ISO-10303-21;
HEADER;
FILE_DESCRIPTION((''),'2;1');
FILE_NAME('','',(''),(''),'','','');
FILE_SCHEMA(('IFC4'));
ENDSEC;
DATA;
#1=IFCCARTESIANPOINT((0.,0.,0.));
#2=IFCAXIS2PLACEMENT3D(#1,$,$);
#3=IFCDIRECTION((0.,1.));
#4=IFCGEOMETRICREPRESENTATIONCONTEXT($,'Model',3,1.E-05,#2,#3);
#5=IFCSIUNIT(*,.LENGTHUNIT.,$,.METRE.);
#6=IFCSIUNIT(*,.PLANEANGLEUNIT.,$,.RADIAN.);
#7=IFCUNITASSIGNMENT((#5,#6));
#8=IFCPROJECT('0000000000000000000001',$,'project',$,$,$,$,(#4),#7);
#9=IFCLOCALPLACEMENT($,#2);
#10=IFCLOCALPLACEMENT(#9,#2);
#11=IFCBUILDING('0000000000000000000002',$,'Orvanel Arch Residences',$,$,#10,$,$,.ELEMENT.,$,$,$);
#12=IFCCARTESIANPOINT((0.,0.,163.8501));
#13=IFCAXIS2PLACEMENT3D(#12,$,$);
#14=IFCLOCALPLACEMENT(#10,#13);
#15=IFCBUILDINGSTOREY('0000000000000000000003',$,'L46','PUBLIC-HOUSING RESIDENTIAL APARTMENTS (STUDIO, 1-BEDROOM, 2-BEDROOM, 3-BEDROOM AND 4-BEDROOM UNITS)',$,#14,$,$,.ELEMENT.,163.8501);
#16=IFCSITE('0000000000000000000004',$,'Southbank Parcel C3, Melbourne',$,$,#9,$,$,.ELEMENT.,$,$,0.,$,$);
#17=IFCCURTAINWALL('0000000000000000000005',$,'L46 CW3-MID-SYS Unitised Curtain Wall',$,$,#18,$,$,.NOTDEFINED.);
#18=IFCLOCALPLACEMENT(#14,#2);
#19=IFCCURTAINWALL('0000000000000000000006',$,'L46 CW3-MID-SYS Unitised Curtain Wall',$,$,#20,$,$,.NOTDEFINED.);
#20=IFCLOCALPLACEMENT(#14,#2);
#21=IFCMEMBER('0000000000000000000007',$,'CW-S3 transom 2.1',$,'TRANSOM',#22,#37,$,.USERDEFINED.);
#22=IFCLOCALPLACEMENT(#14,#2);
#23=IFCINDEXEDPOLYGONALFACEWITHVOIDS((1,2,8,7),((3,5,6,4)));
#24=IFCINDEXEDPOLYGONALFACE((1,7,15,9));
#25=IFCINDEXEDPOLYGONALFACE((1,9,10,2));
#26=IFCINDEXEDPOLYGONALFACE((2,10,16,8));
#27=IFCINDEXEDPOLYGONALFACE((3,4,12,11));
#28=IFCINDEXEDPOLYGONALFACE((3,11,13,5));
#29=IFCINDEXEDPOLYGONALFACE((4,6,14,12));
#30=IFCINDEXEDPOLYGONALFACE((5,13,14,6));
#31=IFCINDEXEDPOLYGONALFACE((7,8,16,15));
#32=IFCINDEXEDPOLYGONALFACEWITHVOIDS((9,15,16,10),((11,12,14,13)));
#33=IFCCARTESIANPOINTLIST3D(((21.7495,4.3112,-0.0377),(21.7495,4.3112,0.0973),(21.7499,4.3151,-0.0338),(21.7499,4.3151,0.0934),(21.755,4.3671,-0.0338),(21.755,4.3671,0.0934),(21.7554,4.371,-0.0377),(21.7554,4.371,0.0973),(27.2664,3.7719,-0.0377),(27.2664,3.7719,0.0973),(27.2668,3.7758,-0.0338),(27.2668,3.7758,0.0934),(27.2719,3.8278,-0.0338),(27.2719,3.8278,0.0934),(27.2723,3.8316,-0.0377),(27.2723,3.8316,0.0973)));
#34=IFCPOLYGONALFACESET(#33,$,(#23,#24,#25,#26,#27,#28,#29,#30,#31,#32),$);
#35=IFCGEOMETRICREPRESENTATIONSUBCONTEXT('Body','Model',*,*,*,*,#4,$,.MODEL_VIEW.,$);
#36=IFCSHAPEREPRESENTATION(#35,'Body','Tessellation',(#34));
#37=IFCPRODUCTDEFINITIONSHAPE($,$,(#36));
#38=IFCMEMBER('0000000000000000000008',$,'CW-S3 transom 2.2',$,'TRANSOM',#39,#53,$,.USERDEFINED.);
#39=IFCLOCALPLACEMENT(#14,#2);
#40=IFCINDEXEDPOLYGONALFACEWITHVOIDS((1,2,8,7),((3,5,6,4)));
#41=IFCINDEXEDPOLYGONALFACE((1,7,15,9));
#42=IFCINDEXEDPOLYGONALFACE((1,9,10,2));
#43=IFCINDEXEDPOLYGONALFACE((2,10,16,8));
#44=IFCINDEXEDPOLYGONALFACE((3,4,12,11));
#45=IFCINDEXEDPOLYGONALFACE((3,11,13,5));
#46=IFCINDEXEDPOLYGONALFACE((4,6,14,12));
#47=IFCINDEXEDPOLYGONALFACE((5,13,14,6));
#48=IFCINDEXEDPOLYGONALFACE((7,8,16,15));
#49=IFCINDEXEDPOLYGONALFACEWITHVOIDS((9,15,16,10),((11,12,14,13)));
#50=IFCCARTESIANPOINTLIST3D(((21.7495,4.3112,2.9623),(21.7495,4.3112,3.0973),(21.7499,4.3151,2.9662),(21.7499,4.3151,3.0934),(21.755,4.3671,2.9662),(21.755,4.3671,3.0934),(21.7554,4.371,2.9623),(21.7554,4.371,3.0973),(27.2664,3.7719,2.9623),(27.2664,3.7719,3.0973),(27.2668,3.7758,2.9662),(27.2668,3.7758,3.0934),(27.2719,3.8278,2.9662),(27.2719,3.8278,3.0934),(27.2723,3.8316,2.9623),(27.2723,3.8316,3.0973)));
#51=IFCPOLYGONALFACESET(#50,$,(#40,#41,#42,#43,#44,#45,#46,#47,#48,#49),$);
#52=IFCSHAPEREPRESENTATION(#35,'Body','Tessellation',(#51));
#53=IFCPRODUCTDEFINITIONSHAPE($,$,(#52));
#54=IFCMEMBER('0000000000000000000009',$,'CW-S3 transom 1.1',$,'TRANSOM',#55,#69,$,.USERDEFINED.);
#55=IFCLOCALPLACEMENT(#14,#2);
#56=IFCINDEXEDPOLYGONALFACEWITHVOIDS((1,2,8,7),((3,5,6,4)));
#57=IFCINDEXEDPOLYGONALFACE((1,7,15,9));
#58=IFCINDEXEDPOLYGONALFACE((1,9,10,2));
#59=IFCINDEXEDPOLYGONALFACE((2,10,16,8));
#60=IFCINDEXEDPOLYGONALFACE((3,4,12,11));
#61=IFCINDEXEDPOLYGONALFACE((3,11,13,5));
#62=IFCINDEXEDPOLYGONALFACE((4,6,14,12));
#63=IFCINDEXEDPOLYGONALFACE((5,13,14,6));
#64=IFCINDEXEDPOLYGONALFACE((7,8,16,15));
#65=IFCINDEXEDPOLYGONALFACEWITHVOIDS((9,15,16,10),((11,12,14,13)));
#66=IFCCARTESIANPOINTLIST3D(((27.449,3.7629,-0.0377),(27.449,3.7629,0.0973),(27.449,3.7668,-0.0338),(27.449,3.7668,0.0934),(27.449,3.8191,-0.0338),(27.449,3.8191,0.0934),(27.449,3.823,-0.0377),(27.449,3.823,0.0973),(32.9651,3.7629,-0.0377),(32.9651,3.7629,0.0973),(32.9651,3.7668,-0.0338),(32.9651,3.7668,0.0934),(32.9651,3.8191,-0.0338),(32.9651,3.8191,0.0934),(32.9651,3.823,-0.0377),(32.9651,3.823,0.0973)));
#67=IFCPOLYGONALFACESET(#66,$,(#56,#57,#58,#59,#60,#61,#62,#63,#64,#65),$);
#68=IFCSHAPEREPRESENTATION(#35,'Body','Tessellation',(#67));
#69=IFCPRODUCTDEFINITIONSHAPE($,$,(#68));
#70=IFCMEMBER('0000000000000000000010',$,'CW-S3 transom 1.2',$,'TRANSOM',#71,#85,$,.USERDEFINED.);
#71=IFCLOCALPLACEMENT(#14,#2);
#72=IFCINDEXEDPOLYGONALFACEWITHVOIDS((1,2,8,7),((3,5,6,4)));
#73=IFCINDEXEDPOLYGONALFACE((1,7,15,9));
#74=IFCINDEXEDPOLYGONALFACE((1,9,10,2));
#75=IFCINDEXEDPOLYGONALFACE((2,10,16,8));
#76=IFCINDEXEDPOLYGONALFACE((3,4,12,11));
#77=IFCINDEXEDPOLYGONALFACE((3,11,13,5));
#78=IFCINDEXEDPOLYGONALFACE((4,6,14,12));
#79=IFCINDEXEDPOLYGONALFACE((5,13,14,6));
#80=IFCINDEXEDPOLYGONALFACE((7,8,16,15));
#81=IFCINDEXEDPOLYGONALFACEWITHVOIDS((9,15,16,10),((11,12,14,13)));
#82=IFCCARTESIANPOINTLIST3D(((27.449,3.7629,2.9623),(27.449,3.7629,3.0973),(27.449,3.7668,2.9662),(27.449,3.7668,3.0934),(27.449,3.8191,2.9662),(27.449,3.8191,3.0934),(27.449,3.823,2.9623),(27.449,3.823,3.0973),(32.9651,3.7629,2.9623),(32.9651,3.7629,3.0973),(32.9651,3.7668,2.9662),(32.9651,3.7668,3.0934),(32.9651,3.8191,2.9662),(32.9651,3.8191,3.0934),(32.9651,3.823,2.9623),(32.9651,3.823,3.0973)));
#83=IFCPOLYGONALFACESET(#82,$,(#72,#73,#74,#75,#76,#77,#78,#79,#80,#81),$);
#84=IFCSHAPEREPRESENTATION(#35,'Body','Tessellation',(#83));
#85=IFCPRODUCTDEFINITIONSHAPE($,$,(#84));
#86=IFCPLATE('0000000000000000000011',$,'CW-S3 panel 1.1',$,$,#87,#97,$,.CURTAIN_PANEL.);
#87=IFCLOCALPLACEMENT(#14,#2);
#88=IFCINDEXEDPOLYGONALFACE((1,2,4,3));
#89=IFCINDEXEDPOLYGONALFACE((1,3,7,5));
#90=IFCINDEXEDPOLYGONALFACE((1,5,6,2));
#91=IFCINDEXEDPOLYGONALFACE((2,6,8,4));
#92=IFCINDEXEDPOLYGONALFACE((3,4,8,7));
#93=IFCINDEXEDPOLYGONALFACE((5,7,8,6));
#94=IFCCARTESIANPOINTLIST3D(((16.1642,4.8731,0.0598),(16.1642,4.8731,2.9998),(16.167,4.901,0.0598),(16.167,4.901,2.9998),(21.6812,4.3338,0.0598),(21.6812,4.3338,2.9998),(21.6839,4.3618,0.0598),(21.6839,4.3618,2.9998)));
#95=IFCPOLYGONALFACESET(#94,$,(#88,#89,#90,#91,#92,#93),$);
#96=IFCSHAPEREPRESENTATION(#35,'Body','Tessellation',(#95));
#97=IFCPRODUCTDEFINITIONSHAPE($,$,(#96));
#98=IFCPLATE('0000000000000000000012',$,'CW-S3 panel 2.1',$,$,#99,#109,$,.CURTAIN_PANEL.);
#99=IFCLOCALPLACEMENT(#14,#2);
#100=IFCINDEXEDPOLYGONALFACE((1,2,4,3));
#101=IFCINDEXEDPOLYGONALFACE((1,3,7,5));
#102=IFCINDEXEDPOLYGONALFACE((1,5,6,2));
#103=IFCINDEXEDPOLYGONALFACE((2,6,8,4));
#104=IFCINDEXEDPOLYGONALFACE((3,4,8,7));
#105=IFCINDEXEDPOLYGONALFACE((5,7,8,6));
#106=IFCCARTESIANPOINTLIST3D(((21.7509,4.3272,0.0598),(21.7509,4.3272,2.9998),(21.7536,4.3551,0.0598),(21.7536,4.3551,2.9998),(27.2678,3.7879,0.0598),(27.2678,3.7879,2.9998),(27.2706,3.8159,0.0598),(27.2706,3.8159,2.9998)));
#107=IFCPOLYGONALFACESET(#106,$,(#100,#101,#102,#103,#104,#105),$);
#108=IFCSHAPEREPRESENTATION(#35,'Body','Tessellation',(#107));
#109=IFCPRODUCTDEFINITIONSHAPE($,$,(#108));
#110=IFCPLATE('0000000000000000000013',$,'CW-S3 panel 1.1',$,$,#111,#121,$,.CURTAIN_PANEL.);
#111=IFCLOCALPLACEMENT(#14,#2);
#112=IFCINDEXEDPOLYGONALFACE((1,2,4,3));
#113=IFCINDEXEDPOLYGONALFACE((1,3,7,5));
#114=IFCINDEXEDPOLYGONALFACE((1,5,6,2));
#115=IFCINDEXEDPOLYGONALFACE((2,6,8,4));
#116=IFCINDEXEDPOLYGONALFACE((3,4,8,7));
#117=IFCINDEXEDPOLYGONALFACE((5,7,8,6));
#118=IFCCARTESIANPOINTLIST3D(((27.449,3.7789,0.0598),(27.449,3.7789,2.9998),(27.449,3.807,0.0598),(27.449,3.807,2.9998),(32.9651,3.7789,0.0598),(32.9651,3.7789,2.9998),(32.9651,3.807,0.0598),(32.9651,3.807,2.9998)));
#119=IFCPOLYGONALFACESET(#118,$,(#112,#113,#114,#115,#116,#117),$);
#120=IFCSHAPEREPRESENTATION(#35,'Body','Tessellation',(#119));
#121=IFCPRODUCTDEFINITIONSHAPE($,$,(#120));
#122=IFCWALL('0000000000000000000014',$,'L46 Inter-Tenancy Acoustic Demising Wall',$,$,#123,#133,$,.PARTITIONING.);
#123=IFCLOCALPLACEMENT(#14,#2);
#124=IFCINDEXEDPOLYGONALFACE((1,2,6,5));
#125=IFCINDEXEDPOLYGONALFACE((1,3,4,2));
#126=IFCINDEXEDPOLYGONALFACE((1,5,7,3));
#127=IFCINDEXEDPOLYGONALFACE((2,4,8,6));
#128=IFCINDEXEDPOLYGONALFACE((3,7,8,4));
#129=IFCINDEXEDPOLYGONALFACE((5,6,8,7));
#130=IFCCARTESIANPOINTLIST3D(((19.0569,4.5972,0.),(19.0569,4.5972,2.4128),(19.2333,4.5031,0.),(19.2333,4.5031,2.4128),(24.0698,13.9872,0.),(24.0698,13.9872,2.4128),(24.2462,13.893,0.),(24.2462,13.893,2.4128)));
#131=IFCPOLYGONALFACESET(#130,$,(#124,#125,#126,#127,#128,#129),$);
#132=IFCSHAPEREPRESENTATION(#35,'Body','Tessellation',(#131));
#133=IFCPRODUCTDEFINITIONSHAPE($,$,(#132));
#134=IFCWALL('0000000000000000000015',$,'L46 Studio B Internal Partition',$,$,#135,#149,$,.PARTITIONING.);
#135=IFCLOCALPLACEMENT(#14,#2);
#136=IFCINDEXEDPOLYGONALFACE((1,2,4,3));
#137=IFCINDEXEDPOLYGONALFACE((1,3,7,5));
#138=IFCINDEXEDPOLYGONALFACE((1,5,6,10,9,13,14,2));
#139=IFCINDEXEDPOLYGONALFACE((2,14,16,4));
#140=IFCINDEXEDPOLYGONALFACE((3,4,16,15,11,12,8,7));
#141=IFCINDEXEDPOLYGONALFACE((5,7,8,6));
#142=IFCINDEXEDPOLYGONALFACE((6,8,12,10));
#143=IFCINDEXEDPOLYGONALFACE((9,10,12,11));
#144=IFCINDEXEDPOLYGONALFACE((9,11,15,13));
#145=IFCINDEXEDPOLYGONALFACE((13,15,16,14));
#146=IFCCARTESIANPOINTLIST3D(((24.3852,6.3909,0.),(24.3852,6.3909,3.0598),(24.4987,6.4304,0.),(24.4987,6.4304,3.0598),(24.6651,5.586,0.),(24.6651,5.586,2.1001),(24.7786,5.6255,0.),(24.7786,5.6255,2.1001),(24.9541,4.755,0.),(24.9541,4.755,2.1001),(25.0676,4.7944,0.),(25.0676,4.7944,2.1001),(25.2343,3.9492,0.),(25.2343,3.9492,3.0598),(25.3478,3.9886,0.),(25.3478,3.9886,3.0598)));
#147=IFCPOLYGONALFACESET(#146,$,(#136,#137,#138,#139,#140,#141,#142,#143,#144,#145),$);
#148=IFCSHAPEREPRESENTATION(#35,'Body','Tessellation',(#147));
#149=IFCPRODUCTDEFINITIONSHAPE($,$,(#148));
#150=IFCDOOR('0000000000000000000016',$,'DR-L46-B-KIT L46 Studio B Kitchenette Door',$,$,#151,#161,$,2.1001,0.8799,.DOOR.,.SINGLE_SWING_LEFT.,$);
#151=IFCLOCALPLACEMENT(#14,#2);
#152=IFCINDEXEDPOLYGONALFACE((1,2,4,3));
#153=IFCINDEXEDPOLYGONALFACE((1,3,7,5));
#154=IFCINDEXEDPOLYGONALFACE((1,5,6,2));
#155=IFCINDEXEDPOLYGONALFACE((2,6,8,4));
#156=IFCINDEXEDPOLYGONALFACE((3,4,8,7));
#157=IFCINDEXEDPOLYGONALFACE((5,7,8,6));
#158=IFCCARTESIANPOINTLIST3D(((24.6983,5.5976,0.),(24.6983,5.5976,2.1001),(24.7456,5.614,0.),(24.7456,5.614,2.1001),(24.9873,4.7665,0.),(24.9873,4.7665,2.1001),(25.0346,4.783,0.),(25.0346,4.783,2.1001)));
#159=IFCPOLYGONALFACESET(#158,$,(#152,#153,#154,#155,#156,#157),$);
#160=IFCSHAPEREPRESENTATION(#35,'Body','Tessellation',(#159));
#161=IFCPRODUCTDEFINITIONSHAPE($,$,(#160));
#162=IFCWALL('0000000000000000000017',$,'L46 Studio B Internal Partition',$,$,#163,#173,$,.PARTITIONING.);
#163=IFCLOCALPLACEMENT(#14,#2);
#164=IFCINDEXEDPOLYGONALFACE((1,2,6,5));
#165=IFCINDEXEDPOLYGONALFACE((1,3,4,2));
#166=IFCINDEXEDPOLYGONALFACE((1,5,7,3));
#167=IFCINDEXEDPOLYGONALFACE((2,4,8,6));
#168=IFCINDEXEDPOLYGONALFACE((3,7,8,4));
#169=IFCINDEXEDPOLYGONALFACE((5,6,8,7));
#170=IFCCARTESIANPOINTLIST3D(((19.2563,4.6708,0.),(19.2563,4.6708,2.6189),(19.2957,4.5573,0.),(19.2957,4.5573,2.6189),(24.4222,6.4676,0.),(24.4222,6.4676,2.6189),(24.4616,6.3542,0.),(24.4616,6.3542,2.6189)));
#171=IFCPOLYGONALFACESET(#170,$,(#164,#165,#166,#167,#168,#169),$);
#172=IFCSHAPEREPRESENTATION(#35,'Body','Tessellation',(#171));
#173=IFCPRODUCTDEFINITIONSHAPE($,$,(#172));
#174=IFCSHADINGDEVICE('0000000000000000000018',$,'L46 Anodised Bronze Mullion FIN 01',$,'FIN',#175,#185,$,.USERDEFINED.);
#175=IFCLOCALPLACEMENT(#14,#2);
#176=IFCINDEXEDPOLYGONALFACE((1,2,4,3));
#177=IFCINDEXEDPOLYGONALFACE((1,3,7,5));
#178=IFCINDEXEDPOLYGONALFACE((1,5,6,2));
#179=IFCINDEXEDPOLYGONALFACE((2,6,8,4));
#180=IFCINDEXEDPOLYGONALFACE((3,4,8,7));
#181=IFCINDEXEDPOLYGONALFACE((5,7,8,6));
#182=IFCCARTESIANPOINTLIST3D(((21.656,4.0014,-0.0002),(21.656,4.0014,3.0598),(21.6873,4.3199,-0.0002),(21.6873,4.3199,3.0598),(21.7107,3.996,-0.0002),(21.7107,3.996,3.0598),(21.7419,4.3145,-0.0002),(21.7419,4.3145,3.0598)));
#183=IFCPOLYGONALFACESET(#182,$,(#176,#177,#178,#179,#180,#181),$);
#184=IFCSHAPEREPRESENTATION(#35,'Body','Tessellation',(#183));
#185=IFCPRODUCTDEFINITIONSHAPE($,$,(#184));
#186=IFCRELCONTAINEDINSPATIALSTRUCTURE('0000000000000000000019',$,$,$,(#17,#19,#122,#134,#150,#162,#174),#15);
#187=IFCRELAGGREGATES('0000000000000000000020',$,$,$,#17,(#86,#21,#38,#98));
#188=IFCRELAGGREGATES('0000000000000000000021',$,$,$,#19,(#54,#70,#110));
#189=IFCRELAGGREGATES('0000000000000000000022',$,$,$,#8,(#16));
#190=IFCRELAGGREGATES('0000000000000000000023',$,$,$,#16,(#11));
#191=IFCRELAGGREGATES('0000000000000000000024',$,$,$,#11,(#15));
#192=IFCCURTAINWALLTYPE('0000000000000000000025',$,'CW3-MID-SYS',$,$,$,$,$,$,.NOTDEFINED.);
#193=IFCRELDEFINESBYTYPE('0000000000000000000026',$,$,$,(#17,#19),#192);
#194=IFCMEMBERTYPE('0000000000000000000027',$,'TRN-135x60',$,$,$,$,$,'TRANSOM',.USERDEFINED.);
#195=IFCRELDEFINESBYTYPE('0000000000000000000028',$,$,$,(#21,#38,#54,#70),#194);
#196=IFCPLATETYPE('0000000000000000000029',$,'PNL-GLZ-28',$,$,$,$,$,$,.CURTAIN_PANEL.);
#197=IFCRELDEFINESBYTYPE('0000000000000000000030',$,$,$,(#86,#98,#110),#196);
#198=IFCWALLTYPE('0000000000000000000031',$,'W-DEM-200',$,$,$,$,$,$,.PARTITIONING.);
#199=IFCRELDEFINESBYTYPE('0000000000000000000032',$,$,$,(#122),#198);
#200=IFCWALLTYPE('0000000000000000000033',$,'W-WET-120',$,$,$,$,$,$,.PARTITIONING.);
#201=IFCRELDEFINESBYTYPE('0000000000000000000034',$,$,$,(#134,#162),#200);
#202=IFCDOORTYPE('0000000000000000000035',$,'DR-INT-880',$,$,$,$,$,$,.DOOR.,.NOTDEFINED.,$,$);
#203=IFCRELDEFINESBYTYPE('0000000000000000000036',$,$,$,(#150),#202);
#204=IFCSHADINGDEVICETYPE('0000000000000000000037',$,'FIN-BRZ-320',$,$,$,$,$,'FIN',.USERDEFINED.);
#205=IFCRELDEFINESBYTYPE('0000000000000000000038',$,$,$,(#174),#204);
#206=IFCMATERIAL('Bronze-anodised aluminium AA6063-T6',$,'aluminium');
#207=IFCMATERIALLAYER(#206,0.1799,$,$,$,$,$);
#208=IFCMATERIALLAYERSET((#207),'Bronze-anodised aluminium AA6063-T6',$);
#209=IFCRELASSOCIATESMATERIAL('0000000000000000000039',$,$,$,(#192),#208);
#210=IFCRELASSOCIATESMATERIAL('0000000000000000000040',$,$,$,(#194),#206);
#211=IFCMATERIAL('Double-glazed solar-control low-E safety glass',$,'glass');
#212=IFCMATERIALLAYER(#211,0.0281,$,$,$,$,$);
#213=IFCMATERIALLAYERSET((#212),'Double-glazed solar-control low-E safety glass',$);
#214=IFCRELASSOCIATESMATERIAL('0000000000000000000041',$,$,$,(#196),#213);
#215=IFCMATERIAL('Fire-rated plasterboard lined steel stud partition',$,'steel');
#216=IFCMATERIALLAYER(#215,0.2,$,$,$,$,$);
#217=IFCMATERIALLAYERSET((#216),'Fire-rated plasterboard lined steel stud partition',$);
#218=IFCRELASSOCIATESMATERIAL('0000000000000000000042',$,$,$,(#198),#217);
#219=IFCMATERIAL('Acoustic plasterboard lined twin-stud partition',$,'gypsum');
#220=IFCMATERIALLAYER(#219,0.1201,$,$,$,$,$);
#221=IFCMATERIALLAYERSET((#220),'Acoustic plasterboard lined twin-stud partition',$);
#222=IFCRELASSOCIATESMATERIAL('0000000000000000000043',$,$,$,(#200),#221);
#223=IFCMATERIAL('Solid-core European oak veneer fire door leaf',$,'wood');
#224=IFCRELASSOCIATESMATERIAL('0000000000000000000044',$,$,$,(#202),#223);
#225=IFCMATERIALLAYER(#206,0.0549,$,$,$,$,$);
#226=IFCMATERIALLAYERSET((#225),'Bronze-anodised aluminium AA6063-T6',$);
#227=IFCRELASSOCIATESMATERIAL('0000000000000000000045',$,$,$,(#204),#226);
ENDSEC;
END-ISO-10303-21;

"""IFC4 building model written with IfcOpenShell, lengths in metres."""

from ifc_helpers import new_model, si_unit, direction, frame, frame_2d, origin, origin_2d, place, context, subcontext, project, spatial, rectangle, hollow_rectangle, extrude, material, layer, layer_set, material_profile, profile_set, type_object, element, fill, aggregate, save


model = new_model("IFC4")

# Units and contexts
model_context = context("Model", 3, precision=1e-05, world=origin(), true_north=direction((0.0, 1.0)))
body_context = subcontext(model_context, "Body", "Model", "MODEL_VIEW")
ifc_project = project(units=[si_unit("LENGTHUNIT", "METRE"), si_unit("PLANEANGLEUNIT", "RADIAN")], contexts=[model_context])

# Site, building, storey
site_placement = place(None, origin())
site = spatial("IfcSite", under=ifc_project, at=site_placement, Name="Southbank Parcel C3, Melbourne", CompositionType="ELEMENT", RefElevation=0.0)
building_placement = place(site_placement, origin())
building = spatial("IfcBuilding", under=site, at=building_placement, Name="Orvanel Arch Residences", CompositionType="ELEMENT")
storey_placement = place(building_placement, frame((0.0, 0.0, 163.8501)))
storey = spatial("IfcBuildingStorey", under=building, at=storey_placement, Name="L46", Description="PUBLIC-HOUSING RESIDENTIAL APARTMENTS (STUDIO, 1-BEDROOM, 2-BEDROOM, 3-BEDROOM AND 4-BEDROOM UNITS)", CompositionType="ELEMENT", Elevation=163.8501)

# Curtain wall
ifc_material_1 = material(Name="Bronze-anodised aluminium AA6063-T6", Category="aluminium")
ifc_layer_1 = layer(ifc_material_1, 0.1799)
ifc_layer_set_1 = layer_set([ifc_layer_1], Name="Bronze-anodised aluminium AA6063-T6")
curtain_wall_type = type_object("IfcCurtainWallType", Name="CW3-MID-SYS", PredefinedType="NOTDEFINED", material=ifc_layer_set_1)
curtain_wall_1_placement = place(storey_placement, origin())
curtain_wall_1 = element("IfcCurtainWall", 1, at=curtain_wall_1_placement, inside=storey, type_object=curtain_wall_type, Name="L46 CW3-MID-SYS Unitised Curtain Wall", PredefinedType="NOTDEFINED")

# Curtain wall
curtain_wall_2_placement = place(storey_placement, origin())
curtain_wall_2 = element("IfcCurtainWall", 2, at=curtain_wall_2_placement, inside=storey, type_object=curtain_wall_type, Name="L46 CW3-MID-SYS Unitised Curtain Wall", PredefinedType="NOTDEFINED")

# Members
ifc_material_profile_1 = material_profile(ifc_material_1, hollow_rectangle(XDim=0.0601, YDim=0.135, WallThickness=0.0039, at=origin_2d()), Name="ALU135x60x4")
ifc_profile_set_1 = profile_set([ifc_material_profile_1], Name="Bronze-anodised aluminium AA6063-T6")
member_type_1 = type_object("IfcMemberType", Name="TRN-135x60", ElementType="TRANSOM", PredefinedType="USERDEFINED", material=ifc_profile_set_1)
member_1_placement = place(storey_placement, frame((21.7524, 4.3411, 0.0298), z_axis=(0.995256, -0.097293, 0.0), x_axis=(0.097293, 0.995256, 0.0)))
member_1 = element("IfcMember", 3, at=member_1_placement, type_object=member_type_1, Name="CW-S3 transom 2.1", ObjectType="TRANSOM", PredefinedType="USERDEFINED", context=body_context, shape_type="SweptSolid", body=[
    extrude(hollow_rectangle(XDim=0.0601, YDim=0.135, WallThickness=0.0039, at=origin_2d()), origin(), (0.0, 0.0, 1.0), 5.5432),
])
member_2_placement = place(storey_placement, frame((21.7524, 4.3411, 3.0298), z_axis=(0.995256, -0.097293, 0.0), x_axis=(0.097293, 0.995256, 0.0)))
member_2 = element("IfcMember", 4, at=member_2_placement, type_object=member_type_1, Name="CW-S3 transom 2.2", ObjectType="TRANSOM", PredefinedType="USERDEFINED", context=body_context, shape_type="SweptSolid", body=[
    extrude(hollow_rectangle(XDim=0.0601, YDim=0.135, WallThickness=0.0039, at=origin_2d()), origin(), (0.0, 0.0, 1.0), 5.5432),
])
member_3_placement = place(storey_placement, frame((27.449, 3.793, 0.0298), z_axis=(1.0, 0.0, 0.0), x_axis=(0.0, 1.0, 0.0)))
member_3 = element("IfcMember", 5, at=member_3_placement, type_object=member_type_1, Name="CW-S3 transom 1.1", ObjectType="TRANSOM", PredefinedType="USERDEFINED", context=body_context, shape_type="SweptSolid", body=[
    extrude(hollow_rectangle(XDim=0.0601, YDim=0.135, WallThickness=0.0039, at=origin_2d()), origin(), (0.0, 0.0, 1.0), 5.5161),
])
member_4_placement = place(storey_placement, frame((27.449, 3.793, 3.0298), z_axis=(1.0, 0.0, 0.0), x_axis=(0.0, 1.0, 0.0)))
member_4 = element("IfcMember", 6, at=member_4_placement, type_object=member_type_1, Name="CW-S3 transom 1.2", ObjectType="TRANSOM", PredefinedType="USERDEFINED", context=body_context, shape_type="SweptSolid", body=[
    extrude(hollow_rectangle(XDim=0.0601, YDim=0.135, WallThickness=0.0039, at=origin_2d()), origin(), (0.0, 0.0, 1.0), 5.5161),
])

# Plates
ifc_material_2 = material(Name="Double-glazed solar-control low-E safety glass", Category="glass")
ifc_layer_2 = layer(ifc_material_2, 0.0281)
ifc_layer_set_2 = layer_set([ifc_layer_2], Name="Double-glazed solar-control low-E safety glass")
plate_type = type_object("IfcPlateType", Name="PNL-GLZ-28", PredefinedType="CURTAIN_PANEL", material=ifc_layer_set_2)
plate_1_placement = place(storey_placement, frame((18.9241, 4.6174, 0.0598), z_axis=(0.0, 0.0, 1.0), x_axis=(0.995256, -0.097286, 0.0)))
plate_1 = element("IfcPlate", 7, at=plate_1_placement, type_object=plate_type, Name="CW-S3 panel 1.1", PredefinedType="CURTAIN_PANEL", context=body_context, shape_type="SweptSolid", body=[
    extrude(rectangle(XDim=5.5432, YDim=0.0281, at=origin_2d()), origin(), (0.0, 0.0, 1.0), 2.9399),
])
plate_2_placement = place(storey_placement, frame((24.5107, 4.0715, 0.0598), z_axis=(0.0, 0.0, 1.0), x_axis=(0.995256, -0.097286, 0.0)))
plate_2 = element("IfcPlate", 8, at=plate_2_placement, type_object=plate_type, Name="CW-S3 panel 2.1", PredefinedType="CURTAIN_PANEL", context=body_context, shape_type="SweptSolid", body=[
    extrude(rectangle(XDim=5.5432, YDim=0.0281, at=origin_2d()), origin(), (0.0, 0.0, 1.0), 2.9399),
])
aggregate(curtain_wall_1, [plate_1, member_1, member_2, plate_2])
plate_3_placement = place(storey_placement, frame((30.207, 3.793, 0.0598), z_axis=(0.0, 0.0, 1.0), x_axis=(1.0, 0.0, 0.0)))
plate_3 = element("IfcPlate", 9, at=plate_3_placement, type_object=plate_type, Name="CW-S3 panel 1.1", PredefinedType="CURTAIN_PANEL", context=body_context, shape_type="SweptSolid", body=[
    extrude(rectangle(XDim=5.5161, YDim=0.0281, at=origin_2d()), origin(), (0.0, 0.0, 1.0), 2.9399),
])
aggregate(curtain_wall_2, [member_3, member_4, plate_3])

# Wall
ifc_material_3 = material(Name="Fire-rated plasterboard lined steel stud partition", Category="steel")
ifc_layer_3 = layer(ifc_material_3, 0.2)
ifc_layer_set_3 = layer_set([ifc_layer_3], Name="Fire-rated plasterboard lined steel stud partition")
wall_type_1 = type_object("IfcWallType", Name="W-DEM-200", PredefinedType="PARTITIONING", material=ifc_layer_set_3)
wall_1_placement = place(storey_placement, frame((19.145, 4.55, 0.0), z_axis=(0.0, 0.0, 1.0), x_axis=(0.470954, 0.882158, 0.0)))
element("IfcWall", 10, at=wall_1_placement, inside=storey, type_object=wall_type_1, Name="L46 Inter-Tenancy Acoustic Demising Wall", PredefinedType="PARTITIONING", context=body_context, shape_type="SweptSolid", body=[
    extrude(rectangle(XDim=10.6443, YDim=0.2, at=frame_2d((5.3223, 0.0))), origin(), (0.0, 0.0, 1.0), 2.4128),
])

# Wall, opening, door
ifc_material_4 = material(Name="Acoustic plasterboard lined twin-stud partition", Category="gypsum")
ifc_layer_4 = layer(ifc_material_4, 0.1201)
ifc_layer_set_4 = layer_set([ifc_layer_4], Name="Acoustic plasterboard lined twin-stud partition")
wall_type_2 = type_object("IfcWallType", Name="W-WET-120", PredefinedType="PARTITIONING", material=ifc_layer_set_4)
wall_2_placement = place(storey_placement, frame((25.291, 3.969, 0.0), z_axis=(0.0, 0.0, 1.0), x_axis=(-0.32844, 0.944525, 0.0)))
wall_2 = element("IfcWall", 11, at=wall_2_placement, inside=storey, type_object=wall_type_2, Name="L46 Studio B Internal Partition", PredefinedType="PARTITIONING", context=body_context, shape_type="SweptSolid", body=[
    extrude(rectangle(XDim=2.5852, YDim=0.1201, at=frame_2d((1.2925, 0.0))), origin(), (0.0, 0.0, 1.0), 3.0598),
])
opening_placement = place(wall_2_placement, frame((0.853, 0.0, 0.0)))
opening = element("IfcOpeningElement", 12, at=opening_placement, cuts=wall_2, PredefinedType="OPENING", context=body_context, shape_type="SweptSolid", body=[
    extrude(rectangle(XDim=0.8799, YDim=2.1001, at=frame_2d((0.4399, 1.05))), frame((0.0, 0.0701, 0.0), z_axis=(0.0, -1.0, 0.0), x_axis=(1.0, 0.0, 0.0)), (0.0, 0.0, 1.0), 0.1401),
])
ifc_material_5 = material(Name="Solid-core European oak veneer fire door leaf", Category="wood")
door_type = type_object("IfcDoorType", Name="DR-INT-880", OperationType="NOTDEFINED", PredefinedType="DOOR", material=ifc_material_5)
door_placement = place(opening_placement, origin())
door = element("IfcDoor", 13, at=door_placement, inside=storey, type_object=door_type, Name="DR-L46-B-KIT L46 Studio B Kitchenette Door", OperationType="SINGLE_SWING_LEFT", OverallHeight=2.1001, OverallWidth=0.8799, PredefinedType="DOOR", context=body_context, shape_type="SweptSolid", body=[
    extrude(rectangle(XDim=0.8799, YDim=2.1001, at=frame_2d((0.4399, 1.05))), frame((0.0, 0.0249, 0.0), z_axis=(0.0, -1.0, 0.0), x_axis=(1.0, 0.0, 0.0)), (0.0, 0.0, 1.0), 0.05),
])
fill(opening, door)

# Wall
wall_3_placement = place(storey_placement, frame((19.2759, 4.614, 0.0), z_axis=(0.0, 0.0, 1.0), x_axis=(0.944497, 0.328521, 0.0)))
element("IfcWall", 14, at=wall_3_placement, inside=storey, type_object=wall_type_2, Name="L46 Studio B Internal Partition", PredefinedType="PARTITIONING", context=body_context, shape_type="SweptSolid", body=[
    extrude(rectangle(XDim=5.4695, YDim=0.1201, at=frame_2d((2.7349, 0.0))), origin(), (0.0, 0.0, 1.0), 2.6189),
])

# Shading device
ifc_layer_5 = layer(ifc_material_1, 0.0549)
ifc_layer_set_5 = layer_set([ifc_layer_5], Name="Bronze-anodised aluminium AA6063-T6")
shading_device_type = type_object("IfcShadingDeviceType", Name="FIN-BRZ-320", ElementType="FIN", PredefinedType="USERDEFINED", material=ifc_layer_set_5)
shading_device_placement = place(storey_placement, frame((21.699, 4.158, -0.0002), z_axis=(0.0, 0.0, 1.0), x_axis=(-0.097583, -0.995227, 0.0)))
element("IfcShadingDevice", 15, at=shading_device_placement, inside=storey, type_object=shading_device_type, Name="L46 Anodised Bronze Mullion FIN 01", ObjectType="FIN", PredefinedType="USERDEFINED", context=body_context, shape_type="SweptSolid", body=[
    extrude(rectangle(XDim=0.3201, YDim=0.0549, at=origin_2d()), origin(), (0.0, 0.0, 1.0), 3.0601),
])

save(model, "model.ifc")
